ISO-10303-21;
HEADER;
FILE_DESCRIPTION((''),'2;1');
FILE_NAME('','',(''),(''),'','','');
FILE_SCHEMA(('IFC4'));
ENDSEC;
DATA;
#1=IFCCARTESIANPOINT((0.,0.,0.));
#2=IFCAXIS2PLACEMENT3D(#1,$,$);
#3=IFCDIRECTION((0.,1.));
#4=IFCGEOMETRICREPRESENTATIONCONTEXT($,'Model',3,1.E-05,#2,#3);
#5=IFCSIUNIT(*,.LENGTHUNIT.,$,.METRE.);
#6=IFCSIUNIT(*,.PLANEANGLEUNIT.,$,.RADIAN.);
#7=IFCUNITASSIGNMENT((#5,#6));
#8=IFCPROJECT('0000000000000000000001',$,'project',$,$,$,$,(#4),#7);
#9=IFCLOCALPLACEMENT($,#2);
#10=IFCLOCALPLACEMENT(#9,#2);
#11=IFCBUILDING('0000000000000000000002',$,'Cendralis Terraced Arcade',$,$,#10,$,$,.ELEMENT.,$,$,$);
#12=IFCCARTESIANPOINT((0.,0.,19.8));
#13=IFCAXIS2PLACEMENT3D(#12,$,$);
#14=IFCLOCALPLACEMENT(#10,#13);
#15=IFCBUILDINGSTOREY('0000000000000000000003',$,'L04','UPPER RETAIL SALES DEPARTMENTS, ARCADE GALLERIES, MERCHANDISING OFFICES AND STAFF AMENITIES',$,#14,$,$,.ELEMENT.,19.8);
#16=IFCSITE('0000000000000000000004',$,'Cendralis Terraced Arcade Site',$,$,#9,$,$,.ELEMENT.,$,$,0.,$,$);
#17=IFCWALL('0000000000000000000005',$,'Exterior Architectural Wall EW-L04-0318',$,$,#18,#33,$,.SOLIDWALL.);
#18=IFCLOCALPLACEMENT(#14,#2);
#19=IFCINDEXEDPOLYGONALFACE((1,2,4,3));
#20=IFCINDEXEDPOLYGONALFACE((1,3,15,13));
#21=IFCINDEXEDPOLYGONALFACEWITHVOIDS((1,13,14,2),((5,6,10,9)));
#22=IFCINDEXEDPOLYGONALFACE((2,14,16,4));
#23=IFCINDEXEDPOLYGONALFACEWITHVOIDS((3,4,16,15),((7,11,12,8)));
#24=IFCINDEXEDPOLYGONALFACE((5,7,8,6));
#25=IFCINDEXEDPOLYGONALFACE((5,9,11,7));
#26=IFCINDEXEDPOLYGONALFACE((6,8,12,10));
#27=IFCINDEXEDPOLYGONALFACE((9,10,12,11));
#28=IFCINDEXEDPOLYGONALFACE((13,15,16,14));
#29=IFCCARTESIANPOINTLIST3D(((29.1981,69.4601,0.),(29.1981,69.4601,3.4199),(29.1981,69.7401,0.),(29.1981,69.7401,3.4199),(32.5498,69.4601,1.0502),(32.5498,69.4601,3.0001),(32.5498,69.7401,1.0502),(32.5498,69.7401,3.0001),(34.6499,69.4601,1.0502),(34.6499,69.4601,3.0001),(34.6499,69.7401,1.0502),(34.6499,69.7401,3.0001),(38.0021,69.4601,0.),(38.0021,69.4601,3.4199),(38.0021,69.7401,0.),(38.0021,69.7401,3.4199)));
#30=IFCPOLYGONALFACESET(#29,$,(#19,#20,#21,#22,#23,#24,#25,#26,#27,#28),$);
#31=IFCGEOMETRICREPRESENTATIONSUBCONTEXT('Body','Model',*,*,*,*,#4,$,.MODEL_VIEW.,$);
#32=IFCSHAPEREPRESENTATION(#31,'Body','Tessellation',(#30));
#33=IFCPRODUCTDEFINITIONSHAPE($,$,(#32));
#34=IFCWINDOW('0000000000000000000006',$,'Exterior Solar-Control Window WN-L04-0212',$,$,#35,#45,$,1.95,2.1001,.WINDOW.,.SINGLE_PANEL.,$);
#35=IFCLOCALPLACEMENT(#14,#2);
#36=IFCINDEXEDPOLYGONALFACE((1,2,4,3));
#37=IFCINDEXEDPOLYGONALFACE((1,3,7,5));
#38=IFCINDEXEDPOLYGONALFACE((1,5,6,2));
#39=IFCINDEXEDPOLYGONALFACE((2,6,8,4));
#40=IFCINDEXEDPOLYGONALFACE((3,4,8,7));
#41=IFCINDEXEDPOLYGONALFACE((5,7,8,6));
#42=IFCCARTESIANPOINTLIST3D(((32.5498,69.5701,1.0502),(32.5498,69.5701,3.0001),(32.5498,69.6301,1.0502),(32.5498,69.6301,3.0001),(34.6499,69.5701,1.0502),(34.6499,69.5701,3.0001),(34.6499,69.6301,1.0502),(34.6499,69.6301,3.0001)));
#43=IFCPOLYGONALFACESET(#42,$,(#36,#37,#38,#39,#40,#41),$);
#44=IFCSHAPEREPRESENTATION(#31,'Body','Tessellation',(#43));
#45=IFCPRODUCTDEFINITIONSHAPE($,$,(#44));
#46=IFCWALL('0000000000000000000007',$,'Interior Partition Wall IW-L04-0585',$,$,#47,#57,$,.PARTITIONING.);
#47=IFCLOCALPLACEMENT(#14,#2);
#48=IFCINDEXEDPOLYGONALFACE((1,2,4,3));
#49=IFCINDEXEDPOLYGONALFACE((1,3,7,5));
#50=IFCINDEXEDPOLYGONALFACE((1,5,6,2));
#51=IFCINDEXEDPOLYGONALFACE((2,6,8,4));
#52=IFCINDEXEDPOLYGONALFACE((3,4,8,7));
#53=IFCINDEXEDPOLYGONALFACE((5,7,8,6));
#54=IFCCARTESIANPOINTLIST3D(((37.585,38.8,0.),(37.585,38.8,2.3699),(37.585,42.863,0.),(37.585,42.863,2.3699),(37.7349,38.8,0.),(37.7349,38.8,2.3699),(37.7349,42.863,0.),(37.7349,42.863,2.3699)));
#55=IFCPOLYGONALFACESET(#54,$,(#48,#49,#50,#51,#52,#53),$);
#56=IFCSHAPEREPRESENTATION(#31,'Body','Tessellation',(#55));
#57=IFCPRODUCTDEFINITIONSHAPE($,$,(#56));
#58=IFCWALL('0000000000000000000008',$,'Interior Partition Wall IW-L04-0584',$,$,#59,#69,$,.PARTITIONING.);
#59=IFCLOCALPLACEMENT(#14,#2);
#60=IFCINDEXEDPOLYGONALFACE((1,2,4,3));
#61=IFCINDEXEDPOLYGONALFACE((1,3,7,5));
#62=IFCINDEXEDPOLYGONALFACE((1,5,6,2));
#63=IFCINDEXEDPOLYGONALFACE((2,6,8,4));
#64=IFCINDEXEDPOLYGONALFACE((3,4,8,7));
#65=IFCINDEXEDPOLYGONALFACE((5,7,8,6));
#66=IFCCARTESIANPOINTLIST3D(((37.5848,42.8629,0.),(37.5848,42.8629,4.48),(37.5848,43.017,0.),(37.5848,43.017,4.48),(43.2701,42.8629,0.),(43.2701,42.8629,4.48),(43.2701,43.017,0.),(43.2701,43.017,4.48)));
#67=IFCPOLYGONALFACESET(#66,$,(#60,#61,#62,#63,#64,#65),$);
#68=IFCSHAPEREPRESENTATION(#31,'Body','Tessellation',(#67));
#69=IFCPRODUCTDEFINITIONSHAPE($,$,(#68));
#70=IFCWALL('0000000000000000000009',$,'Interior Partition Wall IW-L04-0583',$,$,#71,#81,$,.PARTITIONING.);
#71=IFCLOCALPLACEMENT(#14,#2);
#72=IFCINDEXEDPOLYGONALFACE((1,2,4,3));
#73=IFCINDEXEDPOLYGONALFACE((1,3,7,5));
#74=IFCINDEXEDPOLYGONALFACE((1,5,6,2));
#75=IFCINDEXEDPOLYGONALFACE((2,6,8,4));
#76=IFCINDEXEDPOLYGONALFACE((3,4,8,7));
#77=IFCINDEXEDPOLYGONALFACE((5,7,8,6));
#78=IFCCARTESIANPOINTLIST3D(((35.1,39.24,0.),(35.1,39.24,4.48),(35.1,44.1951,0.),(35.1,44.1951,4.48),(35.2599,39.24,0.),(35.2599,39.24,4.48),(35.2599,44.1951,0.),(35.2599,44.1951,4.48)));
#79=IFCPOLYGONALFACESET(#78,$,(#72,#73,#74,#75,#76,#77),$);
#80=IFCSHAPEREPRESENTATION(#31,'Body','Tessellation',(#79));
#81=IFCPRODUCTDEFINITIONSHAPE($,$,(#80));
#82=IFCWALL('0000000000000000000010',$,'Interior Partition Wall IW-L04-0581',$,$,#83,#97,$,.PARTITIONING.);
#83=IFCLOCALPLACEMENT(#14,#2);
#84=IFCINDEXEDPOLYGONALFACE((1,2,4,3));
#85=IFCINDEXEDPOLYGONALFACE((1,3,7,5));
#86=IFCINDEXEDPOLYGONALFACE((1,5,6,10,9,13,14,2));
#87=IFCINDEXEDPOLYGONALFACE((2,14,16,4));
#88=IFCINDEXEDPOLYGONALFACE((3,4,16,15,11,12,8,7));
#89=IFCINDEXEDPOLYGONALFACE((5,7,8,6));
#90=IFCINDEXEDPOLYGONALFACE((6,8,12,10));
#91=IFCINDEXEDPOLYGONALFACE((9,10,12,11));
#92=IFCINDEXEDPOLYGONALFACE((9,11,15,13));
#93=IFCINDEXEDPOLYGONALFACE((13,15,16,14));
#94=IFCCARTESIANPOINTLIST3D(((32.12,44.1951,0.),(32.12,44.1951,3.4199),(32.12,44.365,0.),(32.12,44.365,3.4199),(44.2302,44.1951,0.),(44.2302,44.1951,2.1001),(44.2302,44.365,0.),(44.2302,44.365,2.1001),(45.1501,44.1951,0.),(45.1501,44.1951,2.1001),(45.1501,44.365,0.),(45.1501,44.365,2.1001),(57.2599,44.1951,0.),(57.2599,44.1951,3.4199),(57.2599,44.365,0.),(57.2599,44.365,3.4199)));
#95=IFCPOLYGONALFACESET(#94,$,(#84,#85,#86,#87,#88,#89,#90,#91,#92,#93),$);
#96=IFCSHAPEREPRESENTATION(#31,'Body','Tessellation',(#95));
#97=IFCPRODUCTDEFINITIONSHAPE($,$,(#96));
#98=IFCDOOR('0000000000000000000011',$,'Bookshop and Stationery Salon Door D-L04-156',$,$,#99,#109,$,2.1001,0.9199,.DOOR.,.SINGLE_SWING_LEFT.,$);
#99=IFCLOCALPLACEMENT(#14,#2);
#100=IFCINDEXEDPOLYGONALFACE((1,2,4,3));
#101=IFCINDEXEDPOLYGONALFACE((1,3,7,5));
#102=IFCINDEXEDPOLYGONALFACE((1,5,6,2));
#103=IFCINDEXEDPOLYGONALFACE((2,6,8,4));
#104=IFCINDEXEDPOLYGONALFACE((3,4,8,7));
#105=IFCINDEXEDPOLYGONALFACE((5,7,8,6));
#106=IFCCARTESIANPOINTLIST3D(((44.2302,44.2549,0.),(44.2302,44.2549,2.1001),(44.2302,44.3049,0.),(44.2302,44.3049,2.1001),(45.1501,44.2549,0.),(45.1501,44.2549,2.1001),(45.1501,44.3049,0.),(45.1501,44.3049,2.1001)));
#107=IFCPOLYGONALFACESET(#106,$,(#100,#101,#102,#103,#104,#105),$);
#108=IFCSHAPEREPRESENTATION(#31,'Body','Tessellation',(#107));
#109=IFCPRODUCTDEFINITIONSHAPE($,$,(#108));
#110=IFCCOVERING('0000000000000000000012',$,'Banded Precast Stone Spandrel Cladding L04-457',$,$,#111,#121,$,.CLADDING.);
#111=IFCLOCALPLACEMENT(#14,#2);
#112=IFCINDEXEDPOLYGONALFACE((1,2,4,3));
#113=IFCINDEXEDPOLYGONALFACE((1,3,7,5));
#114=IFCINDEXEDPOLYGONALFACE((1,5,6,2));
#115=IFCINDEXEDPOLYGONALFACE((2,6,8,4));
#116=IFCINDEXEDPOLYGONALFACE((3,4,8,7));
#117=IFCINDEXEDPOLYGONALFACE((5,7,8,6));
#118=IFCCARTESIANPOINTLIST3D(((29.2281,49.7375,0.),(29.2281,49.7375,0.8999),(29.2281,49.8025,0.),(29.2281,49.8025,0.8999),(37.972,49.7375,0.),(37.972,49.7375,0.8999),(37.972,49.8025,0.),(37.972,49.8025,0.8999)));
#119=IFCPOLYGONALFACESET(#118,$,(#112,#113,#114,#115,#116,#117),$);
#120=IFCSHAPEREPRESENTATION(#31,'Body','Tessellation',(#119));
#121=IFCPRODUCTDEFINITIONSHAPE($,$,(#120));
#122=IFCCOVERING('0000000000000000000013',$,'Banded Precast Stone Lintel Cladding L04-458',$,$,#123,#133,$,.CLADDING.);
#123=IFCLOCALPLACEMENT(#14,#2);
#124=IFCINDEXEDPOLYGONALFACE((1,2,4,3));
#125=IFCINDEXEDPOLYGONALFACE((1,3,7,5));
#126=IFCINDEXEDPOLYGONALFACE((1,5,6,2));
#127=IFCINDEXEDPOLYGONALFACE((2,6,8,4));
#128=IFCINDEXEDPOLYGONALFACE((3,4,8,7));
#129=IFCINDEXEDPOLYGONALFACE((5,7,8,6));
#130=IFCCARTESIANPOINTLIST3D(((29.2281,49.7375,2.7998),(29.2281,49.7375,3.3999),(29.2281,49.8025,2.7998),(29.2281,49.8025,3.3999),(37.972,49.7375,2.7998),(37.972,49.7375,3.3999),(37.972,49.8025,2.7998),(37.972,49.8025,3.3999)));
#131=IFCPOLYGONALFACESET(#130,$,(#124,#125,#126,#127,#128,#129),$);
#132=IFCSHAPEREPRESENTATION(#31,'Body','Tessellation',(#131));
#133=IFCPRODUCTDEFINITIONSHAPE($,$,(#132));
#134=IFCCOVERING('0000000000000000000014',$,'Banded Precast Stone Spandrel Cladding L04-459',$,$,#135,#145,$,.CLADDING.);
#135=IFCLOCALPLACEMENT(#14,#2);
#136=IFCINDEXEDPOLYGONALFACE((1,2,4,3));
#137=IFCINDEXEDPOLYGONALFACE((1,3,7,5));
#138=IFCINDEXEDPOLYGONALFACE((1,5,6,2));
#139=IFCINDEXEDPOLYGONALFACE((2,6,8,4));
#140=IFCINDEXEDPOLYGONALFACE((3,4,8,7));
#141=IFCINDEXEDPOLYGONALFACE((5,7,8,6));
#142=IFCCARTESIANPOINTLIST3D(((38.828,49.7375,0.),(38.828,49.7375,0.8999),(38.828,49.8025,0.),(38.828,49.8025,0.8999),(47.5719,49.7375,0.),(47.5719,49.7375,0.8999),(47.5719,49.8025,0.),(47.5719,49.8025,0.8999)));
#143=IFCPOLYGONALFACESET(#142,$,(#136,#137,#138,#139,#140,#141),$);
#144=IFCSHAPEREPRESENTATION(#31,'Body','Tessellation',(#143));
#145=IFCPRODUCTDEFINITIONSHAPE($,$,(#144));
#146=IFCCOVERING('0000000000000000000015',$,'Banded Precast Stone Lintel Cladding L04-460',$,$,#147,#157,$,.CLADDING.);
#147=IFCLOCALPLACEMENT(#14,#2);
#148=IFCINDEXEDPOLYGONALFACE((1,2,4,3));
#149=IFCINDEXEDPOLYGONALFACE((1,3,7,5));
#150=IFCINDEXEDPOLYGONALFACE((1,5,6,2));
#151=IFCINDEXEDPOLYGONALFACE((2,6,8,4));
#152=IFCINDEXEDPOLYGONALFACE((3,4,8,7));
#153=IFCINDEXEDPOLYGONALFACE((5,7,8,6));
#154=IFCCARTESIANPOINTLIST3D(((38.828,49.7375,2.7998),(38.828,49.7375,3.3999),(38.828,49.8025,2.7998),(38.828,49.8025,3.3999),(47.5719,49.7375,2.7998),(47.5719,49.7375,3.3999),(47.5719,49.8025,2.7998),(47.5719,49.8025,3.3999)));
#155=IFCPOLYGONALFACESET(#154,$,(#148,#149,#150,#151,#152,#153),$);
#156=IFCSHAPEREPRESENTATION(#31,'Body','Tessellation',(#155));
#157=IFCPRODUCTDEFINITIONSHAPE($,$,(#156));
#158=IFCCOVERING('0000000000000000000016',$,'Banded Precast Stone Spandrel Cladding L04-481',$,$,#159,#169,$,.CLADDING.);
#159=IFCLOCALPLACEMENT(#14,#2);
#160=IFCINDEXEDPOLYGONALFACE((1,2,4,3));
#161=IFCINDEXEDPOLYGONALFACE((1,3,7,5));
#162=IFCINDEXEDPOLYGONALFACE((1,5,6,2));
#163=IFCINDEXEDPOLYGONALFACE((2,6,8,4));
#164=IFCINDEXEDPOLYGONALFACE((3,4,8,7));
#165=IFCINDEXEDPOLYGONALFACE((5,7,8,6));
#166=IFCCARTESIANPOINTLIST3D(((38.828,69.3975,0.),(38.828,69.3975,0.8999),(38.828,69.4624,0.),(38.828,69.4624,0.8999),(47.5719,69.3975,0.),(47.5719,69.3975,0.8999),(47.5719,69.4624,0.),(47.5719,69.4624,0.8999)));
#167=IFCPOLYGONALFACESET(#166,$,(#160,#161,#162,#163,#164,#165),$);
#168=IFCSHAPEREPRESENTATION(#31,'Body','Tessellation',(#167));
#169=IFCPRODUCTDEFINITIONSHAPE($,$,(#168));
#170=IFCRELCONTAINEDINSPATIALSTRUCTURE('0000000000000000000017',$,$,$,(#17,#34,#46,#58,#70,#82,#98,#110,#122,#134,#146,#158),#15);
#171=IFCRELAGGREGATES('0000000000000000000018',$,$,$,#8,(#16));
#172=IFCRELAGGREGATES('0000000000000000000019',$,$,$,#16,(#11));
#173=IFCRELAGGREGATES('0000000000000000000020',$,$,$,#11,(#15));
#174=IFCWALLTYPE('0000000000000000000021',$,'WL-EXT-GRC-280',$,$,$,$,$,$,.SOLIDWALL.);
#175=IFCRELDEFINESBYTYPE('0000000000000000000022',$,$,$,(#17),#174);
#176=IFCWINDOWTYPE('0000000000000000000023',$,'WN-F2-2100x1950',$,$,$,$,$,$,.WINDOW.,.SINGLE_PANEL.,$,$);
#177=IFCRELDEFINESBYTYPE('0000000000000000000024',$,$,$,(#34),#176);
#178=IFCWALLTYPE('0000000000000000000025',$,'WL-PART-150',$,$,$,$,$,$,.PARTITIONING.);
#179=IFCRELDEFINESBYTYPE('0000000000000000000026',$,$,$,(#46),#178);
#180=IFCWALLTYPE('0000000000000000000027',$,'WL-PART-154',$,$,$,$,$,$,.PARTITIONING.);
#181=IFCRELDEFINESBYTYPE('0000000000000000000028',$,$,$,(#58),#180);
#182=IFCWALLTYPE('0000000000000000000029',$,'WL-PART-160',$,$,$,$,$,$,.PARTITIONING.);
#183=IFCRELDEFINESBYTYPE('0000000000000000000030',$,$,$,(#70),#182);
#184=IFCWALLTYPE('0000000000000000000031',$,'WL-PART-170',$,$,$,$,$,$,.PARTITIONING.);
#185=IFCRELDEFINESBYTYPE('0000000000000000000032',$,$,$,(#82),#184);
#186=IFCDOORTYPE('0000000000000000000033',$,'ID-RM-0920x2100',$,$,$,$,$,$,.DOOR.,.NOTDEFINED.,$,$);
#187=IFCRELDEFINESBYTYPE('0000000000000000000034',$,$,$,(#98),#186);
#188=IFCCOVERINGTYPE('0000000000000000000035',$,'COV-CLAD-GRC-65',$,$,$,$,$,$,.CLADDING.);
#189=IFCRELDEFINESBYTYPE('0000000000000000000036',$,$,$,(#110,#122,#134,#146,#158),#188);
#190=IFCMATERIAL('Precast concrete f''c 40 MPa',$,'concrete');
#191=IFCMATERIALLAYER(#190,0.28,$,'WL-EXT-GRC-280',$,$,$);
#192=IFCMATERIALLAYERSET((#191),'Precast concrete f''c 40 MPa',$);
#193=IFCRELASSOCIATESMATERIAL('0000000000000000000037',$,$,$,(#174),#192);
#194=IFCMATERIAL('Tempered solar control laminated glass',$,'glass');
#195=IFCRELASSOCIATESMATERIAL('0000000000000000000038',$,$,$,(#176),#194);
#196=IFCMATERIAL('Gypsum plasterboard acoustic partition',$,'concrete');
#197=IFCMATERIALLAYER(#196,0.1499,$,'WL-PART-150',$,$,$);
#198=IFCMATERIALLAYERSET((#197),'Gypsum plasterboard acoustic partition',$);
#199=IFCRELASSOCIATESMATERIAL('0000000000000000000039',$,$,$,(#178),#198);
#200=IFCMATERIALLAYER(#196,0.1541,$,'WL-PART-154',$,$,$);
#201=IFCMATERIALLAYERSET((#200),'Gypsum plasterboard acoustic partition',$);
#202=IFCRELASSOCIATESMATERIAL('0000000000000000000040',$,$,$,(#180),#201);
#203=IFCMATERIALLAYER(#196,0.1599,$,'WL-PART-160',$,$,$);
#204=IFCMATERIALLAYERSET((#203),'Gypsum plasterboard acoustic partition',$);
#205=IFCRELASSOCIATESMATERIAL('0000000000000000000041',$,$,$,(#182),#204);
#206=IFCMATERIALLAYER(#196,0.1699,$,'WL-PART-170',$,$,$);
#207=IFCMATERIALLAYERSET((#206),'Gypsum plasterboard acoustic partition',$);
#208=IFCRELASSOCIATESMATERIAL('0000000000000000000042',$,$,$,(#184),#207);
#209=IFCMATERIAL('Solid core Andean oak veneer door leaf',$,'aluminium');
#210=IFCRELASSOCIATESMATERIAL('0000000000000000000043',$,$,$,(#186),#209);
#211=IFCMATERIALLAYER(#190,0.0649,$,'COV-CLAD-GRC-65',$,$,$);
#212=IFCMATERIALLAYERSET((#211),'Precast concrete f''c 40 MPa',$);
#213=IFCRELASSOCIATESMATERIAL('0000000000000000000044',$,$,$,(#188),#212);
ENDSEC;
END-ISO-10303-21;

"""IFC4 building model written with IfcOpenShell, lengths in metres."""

from ifc_helpers import new_model, si_unit, direction, frame, frame_2d, origin, origin_2d, place, context, subcontext, project, spatial, rectangle, extrude, material, layer, layer_set, type_object, element, fill, save


model = new_model("IFC4")

# Units and contexts
model_context = context("Model", 3, precision=1e-05, world=origin(), true_north=direction((0.0, 1.0)))
body_context = subcontext(model_context, "Body", "Model", "MODEL_VIEW")
ifc_project = project(units=[si_unit("LENGTHUNIT", "METRE"), si_unit("PLANEANGLEUNIT", "RADIAN")], contexts=[model_context])

# Site, building, storey
site_placement = place(None, origin())
site = spatial("IfcSite", under=ifc_project, at=site_placement, Name="Cendralis Terraced Arcade Site", CompositionType="ELEMENT", RefElevation=0.0)
building_placement = place(site_placement, origin())
building = spatial("IfcBuilding", under=site, at=building_placement, Name="Cendralis Terraced Arcade", CompositionType="ELEMENT")
storey_placement = place(building_placement, frame((0.0, 0.0, 19.8)))
storey = spatial("IfcBuildingStorey", under=building, at=storey_placement, Name="L04", Description="UPPER RETAIL SALES DEPARTMENTS, ARCADE GALLERIES, MERCHANDISING OFFICES AND STAFF AMENITIES", CompositionType="ELEMENT", Elevation=19.8)

# Wall, opening, window
ifc_material_1 = material(Name="Precast concrete f'c 40 MPa", Category="concrete")
ifc_layer_1 = layer(ifc_material_1, 0.28, Name="WL-EXT-GRC-280")
ifc_layer_set_1 = layer_set([ifc_layer_1], Name="Precast concrete f'c 40 MPa")
wall_type_1 = type_object("IfcWallType", Name="WL-EXT-GRC-280", PredefinedType="SOLIDWALL", material=ifc_layer_set_1)
ifc_material_2 = material(Name="Tempered solar control laminated glass", Category="glass")
wall_1_placement = place(storey_placement, frame((38.002, 69.6001, 0.0), z_axis=(0.0, 0.0, 1.0), x_axis=(-1.0, 0.0, 0.0)))
wall_1 = element("IfcWall", 1, at=wall_1_placement, inside=storey, type_object=wall_type_1, Name="Exterior Architectural Wall EW-L04-0318", PredefinedType="SOLIDWALL", context=body_context, shape_type="SweptSolid", body=[
    extrude(rectangle(XDim=8.804, YDim=0.28, at=frame_2d((4.4019, 0.0))), origin(), (0.0, 0.0, 1.0), 3.4199),
])
opening_1_placement = place(wall_1_placement, frame((3.3521, 0.0, 1.05)))
opening_1 = element("IfcOpeningElement", 2, at=opening_1_placement, cuts=wall_1, PredefinedType="OPENING", context=body_context, shape_type="SweptSolid", body=[
    extrude(rectangle(XDim=2.1001, YDim=1.95, at=frame_2d((1.05, 0.9751))), frame((0.0, 0.1519, 0.0), z_axis=(0.0, -1.0, 0.0), x_axis=(1.0, 0.0, 0.0)), (0.0, 0.0, 1.0), 0.304),
])
window_type_1 = type_object("IfcWindowType", Name="WN-F2-2100x1950", PartitioningType="SINGLE_PANEL", PredefinedType="WINDOW", material=ifc_material_2)
window_1_placement = place(opening_1_placement, origin())
window_1 = element("IfcWindow", 3, at=window_1_placement, inside=storey, type_object=window_type_1, Name="Exterior Solar-Control Window WN-L04-0212", OverallHeight=1.95, OverallWidth=2.1001, PartitioningType="SINGLE_PANEL", PredefinedType="WINDOW", context=body_context, shape_type="SweptSolid", body=[
    extrude(rectangle(XDim=2.1001, YDim=1.95, at=frame_2d((1.05, 0.9751))), frame((0.0, 0.03, 0.0), z_axis=(0.0, -1.0, 0.0), x_axis=(1.0, 0.0, 0.0)), (0.0, 0.0, 1.0), 0.0601),
])
fill(opening_1, window_1)

# Walls
ifc_material_3 = material(Name="Gypsum plasterboard acoustic partition", Category="concrete")
ifc_layer_2 = layer(ifc_material_3, 0.1499, Name="WL-PART-150")
ifc_layer_set_2 = layer_set([ifc_layer_2], Name="Gypsum plasterboard acoustic partition")
wall_type_2 = type_object("IfcWallType", Name="WL-PART-150", PredefinedType="PARTITIONING", material=ifc_layer_set_2)
wall_2_placement = place(storey_placement, frame((37.6599, 42.863, 0.0), z_axis=(0.0, 0.0, 1.0), x_axis=(0.0, -1.0, 0.0)))
element("IfcWall", 4, at=wall_2_placement, inside=storey, type_object=wall_type_2, Name="Interior Partition Wall IW-L04-0585", PredefinedType="PARTITIONING", context=body_context, shape_type="SweptSolid", body=[
    extrude(rectangle(XDim=4.063, YDim=0.1499, at=frame_2d((2.0315, 0.0))), origin(), (0.0, 0.0, 1.0), 2.3699),
])
ifc_layer_3 = layer(ifc_material_3, 0.1541, Name="WL-PART-154")
ifc_layer_set_3 = layer_set([ifc_layer_3], Name="Gypsum plasterboard acoustic partition")
wall_type_3 = type_object("IfcWallType", Name="WL-PART-154", PredefinedType="PARTITIONING", material=ifc_layer_set_3)
wall_3_placement = place(storey_placement, frame((43.2703, 42.9399, 0.0), z_axis=(0.0, 0.0, 1.0), x_axis=(-1.0, 0.0, 0.0)))
element("IfcWall", 5, at=wall_3_placement, inside=storey, type_object=wall_type_3, Name="Interior Partition Wall IW-L04-0584", PredefinedType="PARTITIONING", context=body_context, shape_type="SweptSolid", body=[
    extrude(rectangle(XDim=5.6853, YDim=0.1541, at=frame_2d((2.8428, 0.0))), origin(), (0.0, 0.0, 1.0), 4.48),
])
ifc_layer_4 = layer(ifc_material_3, 0.1599, Name="WL-PART-160")
ifc_layer_set_4 = layer_set([ifc_layer_4], Name="Gypsum plasterboard acoustic partition")
wall_type_4 = type_object("IfcWallType", Name="WL-PART-160", PredefinedType="PARTITIONING", material=ifc_layer_set_4)
wall_4_placement = place(storey_placement, frame((35.1799, 39.24, 0.0), z_axis=(0.0, 0.0, 1.0), x_axis=(0.0, 1.0, 0.0)))
element("IfcWall", 6, at=wall_4_placement, inside=storey, type_object=wall_type_4, Name="Interior Partition Wall IW-L04-0583", PredefinedType="PARTITIONING", context=body_context, shape_type="SweptSolid", body=[
    extrude(rectangle(XDim=4.9551, YDim=0.1599, at=frame_2d((2.4775, 0.0))), origin(), (0.0, 0.0, 1.0), 4.48),
])

# Wall, opening, door
ifc_layer_5 = layer(ifc_material_3, 0.1699, Name="WL-PART-170")
ifc_layer_set_5 = layer_set([ifc_layer_5], Name="Gypsum plasterboard acoustic partition")
wall_type_5 = type_object("IfcWallType", Name="WL-PART-170", PredefinedType="PARTITIONING", material=ifc_layer_set_5)
wall_5_placement = place(storey_placement, frame((32.1201, 44.28, 0.0), z_axis=(0.0, 0.0, 1.0), x_axis=(1.0, 0.0, 0.0)))
wall_5 = element("IfcWall", 7, at=wall_5_placement, inside=storey, type_object=wall_type_5, Name="Interior Partition Wall IW-L04-0581", PredefinedType="PARTITIONING", context=body_context, shape_type="SweptSolid", body=[
    extrude(rectangle(XDim=25.1399, YDim=0.1699, at=frame_2d((12.5698, 0.0))), origin(), (0.0, 0.0, 1.0), 3.4199),
])
opening_2_placement = place(wall_5_placement, frame((12.1101, 0.0, 0.0)))
opening_2 = element("IfcOpeningElement", 8, at=opening_2_placement, cuts=wall_5, PredefinedType="OPENING", context=body_context, shape_type="SweptSolid", body=[
    extrude(rectangle(XDim=0.9199, YDim=2.1001, at=frame_2d((0.46, 1.05))), frame((0.0, 0.0969, 0.0), z_axis=(0.0, -1.0, 0.0), x_axis=(1.0, 0.0, 0.0)), (0.0, 0.0, 1.0), 0.1938),
])
ifc_material_4 = material(Name="Solid core Andean oak veneer door leaf", Category="aluminium")
door_type = type_object("IfcDoorType", Name="ID-RM-0920x2100", OperationType="NOTDEFINED", PredefinedType="DOOR", material=ifc_material_4)
door_placement = place(opening_2_placement, origin())
door = element("IfcDoor", 9, at=door_placement, inside=storey, type_object=door_type, Name="Bookshop and Stationery Salon Door D-L04-156", OperationType="SINGLE_SWING_LEFT", OverallHeight=2.1001, OverallWidth=0.9199, PredefinedType="DOOR", context=body_context, shape_type="SweptSolid", body=[
    extrude(rectangle(XDim=0.9199, YDim=2.1001, at=frame_2d((0.46, 1.05))), frame((0.0, 0.0249, 0.0), z_axis=(0.0, -1.0, 0.0), x_axis=(1.0, 0.0, 0.0)), (0.0, 0.0, 1.0), 0.05),
])
fill(opening_2, door)

# Coverings
ifc_layer_6 = layer(ifc_material_1, 0.0649, Name="COV-CLAD-GRC-65")
ifc_layer_set_6 = layer_set([ifc_layer_6], Name="Precast concrete f'c 40 MPa")
covering_type = type_object("IfcCoveringType", Name="COV-CLAD-GRC-65", PredefinedType="CLADDING", material=ifc_layer_set_6)
covering_1_placement = place(storey_placement, frame((33.6001, 49.77, 0.0), z_axis=(0.0, 0.0, 1.0), x_axis=(1.0, 0.0, 0.0)))
element("IfcCovering", 10, at=covering_1_placement, inside=storey, type_object=covering_type, Name="Banded Precast Stone Spandrel Cladding L04-457", PredefinedType="CLADDING", context=body_context, shape_type="SweptSolid", body=[
    extrude(rectangle(XDim=8.7439, YDim=0.0649, at=origin_2d()), origin(), (0.0, 0.0, 1.0), 0.8999),
])
covering_2_placement = place(storey_placement, frame((33.6001, 49.77, 2.7998), z_axis=(0.0, 0.0, 1.0), x_axis=(1.0, 0.0, 0.0)))
element("IfcCovering", 11, at=covering_2_placement, inside=storey, type_object=covering_type, Name="Banded Precast Stone Lintel Cladding L04-458", PredefinedType="CLADDING", context=body_context, shape_type="SweptSolid", body=[
    extrude(rectangle(XDim=8.7439, YDim=0.0649, at=origin_2d()), origin(), (0.0, 0.0, 1.0), 0.6001),
])
covering_3_placement = place(storey_placement, frame((43.2, 49.77, 0.0), z_axis=(0.0, 0.0, 1.0), x_axis=(1.0, 0.0, 0.0)))
element("IfcCovering", 12, at=covering_3_placement, inside=storey, type_object=covering_type, Name="Banded Precast Stone Spandrel Cladding L04-459", PredefinedType="CLADDING", context=body_context, shape_type="SweptSolid", body=[
    extrude(rectangle(XDim=8.7439, YDim=0.0649, at=origin_2d()), origin(), (0.0, 0.0, 1.0), 0.8999),
])
covering_4_placement = place(storey_placement, frame((43.2, 49.77, 2.7998), z_axis=(0.0, 0.0, 1.0), x_axis=(1.0, 0.0, 0.0)))
element("IfcCovering", 13, at=covering_4_placement, inside=storey, type_object=covering_type, Name="Banded Precast Stone Lintel Cladding L04-460", PredefinedType="CLADDING", context=body_context, shape_type="SweptSolid", body=[
    extrude(rectangle(XDim=8.7439, YDim=0.0649, at=origin_2d()), origin(), (0.0, 0.0, 1.0), 0.6001),
])
covering_5_placement = place(storey_placement, frame((43.2, 69.4299, 0.0), z_axis=(0.0, 0.0, 1.0), x_axis=(-1.0, 0.0, 0.0)))
element("IfcCovering", 14, at=covering_5_placement, inside=storey, type_object=covering_type, Name="Banded Precast Stone Spandrel Cladding L04-481", PredefinedType="CLADDING", context=body_context, shape_type="SweptSolid", body=[
    extrude(rectangle(XDim=8.7439, YDim=0.0649, at=origin_2d()), origin(), (0.0, 0.0, 1.0), 0.8999),
])

save(model, "model.ifc")
